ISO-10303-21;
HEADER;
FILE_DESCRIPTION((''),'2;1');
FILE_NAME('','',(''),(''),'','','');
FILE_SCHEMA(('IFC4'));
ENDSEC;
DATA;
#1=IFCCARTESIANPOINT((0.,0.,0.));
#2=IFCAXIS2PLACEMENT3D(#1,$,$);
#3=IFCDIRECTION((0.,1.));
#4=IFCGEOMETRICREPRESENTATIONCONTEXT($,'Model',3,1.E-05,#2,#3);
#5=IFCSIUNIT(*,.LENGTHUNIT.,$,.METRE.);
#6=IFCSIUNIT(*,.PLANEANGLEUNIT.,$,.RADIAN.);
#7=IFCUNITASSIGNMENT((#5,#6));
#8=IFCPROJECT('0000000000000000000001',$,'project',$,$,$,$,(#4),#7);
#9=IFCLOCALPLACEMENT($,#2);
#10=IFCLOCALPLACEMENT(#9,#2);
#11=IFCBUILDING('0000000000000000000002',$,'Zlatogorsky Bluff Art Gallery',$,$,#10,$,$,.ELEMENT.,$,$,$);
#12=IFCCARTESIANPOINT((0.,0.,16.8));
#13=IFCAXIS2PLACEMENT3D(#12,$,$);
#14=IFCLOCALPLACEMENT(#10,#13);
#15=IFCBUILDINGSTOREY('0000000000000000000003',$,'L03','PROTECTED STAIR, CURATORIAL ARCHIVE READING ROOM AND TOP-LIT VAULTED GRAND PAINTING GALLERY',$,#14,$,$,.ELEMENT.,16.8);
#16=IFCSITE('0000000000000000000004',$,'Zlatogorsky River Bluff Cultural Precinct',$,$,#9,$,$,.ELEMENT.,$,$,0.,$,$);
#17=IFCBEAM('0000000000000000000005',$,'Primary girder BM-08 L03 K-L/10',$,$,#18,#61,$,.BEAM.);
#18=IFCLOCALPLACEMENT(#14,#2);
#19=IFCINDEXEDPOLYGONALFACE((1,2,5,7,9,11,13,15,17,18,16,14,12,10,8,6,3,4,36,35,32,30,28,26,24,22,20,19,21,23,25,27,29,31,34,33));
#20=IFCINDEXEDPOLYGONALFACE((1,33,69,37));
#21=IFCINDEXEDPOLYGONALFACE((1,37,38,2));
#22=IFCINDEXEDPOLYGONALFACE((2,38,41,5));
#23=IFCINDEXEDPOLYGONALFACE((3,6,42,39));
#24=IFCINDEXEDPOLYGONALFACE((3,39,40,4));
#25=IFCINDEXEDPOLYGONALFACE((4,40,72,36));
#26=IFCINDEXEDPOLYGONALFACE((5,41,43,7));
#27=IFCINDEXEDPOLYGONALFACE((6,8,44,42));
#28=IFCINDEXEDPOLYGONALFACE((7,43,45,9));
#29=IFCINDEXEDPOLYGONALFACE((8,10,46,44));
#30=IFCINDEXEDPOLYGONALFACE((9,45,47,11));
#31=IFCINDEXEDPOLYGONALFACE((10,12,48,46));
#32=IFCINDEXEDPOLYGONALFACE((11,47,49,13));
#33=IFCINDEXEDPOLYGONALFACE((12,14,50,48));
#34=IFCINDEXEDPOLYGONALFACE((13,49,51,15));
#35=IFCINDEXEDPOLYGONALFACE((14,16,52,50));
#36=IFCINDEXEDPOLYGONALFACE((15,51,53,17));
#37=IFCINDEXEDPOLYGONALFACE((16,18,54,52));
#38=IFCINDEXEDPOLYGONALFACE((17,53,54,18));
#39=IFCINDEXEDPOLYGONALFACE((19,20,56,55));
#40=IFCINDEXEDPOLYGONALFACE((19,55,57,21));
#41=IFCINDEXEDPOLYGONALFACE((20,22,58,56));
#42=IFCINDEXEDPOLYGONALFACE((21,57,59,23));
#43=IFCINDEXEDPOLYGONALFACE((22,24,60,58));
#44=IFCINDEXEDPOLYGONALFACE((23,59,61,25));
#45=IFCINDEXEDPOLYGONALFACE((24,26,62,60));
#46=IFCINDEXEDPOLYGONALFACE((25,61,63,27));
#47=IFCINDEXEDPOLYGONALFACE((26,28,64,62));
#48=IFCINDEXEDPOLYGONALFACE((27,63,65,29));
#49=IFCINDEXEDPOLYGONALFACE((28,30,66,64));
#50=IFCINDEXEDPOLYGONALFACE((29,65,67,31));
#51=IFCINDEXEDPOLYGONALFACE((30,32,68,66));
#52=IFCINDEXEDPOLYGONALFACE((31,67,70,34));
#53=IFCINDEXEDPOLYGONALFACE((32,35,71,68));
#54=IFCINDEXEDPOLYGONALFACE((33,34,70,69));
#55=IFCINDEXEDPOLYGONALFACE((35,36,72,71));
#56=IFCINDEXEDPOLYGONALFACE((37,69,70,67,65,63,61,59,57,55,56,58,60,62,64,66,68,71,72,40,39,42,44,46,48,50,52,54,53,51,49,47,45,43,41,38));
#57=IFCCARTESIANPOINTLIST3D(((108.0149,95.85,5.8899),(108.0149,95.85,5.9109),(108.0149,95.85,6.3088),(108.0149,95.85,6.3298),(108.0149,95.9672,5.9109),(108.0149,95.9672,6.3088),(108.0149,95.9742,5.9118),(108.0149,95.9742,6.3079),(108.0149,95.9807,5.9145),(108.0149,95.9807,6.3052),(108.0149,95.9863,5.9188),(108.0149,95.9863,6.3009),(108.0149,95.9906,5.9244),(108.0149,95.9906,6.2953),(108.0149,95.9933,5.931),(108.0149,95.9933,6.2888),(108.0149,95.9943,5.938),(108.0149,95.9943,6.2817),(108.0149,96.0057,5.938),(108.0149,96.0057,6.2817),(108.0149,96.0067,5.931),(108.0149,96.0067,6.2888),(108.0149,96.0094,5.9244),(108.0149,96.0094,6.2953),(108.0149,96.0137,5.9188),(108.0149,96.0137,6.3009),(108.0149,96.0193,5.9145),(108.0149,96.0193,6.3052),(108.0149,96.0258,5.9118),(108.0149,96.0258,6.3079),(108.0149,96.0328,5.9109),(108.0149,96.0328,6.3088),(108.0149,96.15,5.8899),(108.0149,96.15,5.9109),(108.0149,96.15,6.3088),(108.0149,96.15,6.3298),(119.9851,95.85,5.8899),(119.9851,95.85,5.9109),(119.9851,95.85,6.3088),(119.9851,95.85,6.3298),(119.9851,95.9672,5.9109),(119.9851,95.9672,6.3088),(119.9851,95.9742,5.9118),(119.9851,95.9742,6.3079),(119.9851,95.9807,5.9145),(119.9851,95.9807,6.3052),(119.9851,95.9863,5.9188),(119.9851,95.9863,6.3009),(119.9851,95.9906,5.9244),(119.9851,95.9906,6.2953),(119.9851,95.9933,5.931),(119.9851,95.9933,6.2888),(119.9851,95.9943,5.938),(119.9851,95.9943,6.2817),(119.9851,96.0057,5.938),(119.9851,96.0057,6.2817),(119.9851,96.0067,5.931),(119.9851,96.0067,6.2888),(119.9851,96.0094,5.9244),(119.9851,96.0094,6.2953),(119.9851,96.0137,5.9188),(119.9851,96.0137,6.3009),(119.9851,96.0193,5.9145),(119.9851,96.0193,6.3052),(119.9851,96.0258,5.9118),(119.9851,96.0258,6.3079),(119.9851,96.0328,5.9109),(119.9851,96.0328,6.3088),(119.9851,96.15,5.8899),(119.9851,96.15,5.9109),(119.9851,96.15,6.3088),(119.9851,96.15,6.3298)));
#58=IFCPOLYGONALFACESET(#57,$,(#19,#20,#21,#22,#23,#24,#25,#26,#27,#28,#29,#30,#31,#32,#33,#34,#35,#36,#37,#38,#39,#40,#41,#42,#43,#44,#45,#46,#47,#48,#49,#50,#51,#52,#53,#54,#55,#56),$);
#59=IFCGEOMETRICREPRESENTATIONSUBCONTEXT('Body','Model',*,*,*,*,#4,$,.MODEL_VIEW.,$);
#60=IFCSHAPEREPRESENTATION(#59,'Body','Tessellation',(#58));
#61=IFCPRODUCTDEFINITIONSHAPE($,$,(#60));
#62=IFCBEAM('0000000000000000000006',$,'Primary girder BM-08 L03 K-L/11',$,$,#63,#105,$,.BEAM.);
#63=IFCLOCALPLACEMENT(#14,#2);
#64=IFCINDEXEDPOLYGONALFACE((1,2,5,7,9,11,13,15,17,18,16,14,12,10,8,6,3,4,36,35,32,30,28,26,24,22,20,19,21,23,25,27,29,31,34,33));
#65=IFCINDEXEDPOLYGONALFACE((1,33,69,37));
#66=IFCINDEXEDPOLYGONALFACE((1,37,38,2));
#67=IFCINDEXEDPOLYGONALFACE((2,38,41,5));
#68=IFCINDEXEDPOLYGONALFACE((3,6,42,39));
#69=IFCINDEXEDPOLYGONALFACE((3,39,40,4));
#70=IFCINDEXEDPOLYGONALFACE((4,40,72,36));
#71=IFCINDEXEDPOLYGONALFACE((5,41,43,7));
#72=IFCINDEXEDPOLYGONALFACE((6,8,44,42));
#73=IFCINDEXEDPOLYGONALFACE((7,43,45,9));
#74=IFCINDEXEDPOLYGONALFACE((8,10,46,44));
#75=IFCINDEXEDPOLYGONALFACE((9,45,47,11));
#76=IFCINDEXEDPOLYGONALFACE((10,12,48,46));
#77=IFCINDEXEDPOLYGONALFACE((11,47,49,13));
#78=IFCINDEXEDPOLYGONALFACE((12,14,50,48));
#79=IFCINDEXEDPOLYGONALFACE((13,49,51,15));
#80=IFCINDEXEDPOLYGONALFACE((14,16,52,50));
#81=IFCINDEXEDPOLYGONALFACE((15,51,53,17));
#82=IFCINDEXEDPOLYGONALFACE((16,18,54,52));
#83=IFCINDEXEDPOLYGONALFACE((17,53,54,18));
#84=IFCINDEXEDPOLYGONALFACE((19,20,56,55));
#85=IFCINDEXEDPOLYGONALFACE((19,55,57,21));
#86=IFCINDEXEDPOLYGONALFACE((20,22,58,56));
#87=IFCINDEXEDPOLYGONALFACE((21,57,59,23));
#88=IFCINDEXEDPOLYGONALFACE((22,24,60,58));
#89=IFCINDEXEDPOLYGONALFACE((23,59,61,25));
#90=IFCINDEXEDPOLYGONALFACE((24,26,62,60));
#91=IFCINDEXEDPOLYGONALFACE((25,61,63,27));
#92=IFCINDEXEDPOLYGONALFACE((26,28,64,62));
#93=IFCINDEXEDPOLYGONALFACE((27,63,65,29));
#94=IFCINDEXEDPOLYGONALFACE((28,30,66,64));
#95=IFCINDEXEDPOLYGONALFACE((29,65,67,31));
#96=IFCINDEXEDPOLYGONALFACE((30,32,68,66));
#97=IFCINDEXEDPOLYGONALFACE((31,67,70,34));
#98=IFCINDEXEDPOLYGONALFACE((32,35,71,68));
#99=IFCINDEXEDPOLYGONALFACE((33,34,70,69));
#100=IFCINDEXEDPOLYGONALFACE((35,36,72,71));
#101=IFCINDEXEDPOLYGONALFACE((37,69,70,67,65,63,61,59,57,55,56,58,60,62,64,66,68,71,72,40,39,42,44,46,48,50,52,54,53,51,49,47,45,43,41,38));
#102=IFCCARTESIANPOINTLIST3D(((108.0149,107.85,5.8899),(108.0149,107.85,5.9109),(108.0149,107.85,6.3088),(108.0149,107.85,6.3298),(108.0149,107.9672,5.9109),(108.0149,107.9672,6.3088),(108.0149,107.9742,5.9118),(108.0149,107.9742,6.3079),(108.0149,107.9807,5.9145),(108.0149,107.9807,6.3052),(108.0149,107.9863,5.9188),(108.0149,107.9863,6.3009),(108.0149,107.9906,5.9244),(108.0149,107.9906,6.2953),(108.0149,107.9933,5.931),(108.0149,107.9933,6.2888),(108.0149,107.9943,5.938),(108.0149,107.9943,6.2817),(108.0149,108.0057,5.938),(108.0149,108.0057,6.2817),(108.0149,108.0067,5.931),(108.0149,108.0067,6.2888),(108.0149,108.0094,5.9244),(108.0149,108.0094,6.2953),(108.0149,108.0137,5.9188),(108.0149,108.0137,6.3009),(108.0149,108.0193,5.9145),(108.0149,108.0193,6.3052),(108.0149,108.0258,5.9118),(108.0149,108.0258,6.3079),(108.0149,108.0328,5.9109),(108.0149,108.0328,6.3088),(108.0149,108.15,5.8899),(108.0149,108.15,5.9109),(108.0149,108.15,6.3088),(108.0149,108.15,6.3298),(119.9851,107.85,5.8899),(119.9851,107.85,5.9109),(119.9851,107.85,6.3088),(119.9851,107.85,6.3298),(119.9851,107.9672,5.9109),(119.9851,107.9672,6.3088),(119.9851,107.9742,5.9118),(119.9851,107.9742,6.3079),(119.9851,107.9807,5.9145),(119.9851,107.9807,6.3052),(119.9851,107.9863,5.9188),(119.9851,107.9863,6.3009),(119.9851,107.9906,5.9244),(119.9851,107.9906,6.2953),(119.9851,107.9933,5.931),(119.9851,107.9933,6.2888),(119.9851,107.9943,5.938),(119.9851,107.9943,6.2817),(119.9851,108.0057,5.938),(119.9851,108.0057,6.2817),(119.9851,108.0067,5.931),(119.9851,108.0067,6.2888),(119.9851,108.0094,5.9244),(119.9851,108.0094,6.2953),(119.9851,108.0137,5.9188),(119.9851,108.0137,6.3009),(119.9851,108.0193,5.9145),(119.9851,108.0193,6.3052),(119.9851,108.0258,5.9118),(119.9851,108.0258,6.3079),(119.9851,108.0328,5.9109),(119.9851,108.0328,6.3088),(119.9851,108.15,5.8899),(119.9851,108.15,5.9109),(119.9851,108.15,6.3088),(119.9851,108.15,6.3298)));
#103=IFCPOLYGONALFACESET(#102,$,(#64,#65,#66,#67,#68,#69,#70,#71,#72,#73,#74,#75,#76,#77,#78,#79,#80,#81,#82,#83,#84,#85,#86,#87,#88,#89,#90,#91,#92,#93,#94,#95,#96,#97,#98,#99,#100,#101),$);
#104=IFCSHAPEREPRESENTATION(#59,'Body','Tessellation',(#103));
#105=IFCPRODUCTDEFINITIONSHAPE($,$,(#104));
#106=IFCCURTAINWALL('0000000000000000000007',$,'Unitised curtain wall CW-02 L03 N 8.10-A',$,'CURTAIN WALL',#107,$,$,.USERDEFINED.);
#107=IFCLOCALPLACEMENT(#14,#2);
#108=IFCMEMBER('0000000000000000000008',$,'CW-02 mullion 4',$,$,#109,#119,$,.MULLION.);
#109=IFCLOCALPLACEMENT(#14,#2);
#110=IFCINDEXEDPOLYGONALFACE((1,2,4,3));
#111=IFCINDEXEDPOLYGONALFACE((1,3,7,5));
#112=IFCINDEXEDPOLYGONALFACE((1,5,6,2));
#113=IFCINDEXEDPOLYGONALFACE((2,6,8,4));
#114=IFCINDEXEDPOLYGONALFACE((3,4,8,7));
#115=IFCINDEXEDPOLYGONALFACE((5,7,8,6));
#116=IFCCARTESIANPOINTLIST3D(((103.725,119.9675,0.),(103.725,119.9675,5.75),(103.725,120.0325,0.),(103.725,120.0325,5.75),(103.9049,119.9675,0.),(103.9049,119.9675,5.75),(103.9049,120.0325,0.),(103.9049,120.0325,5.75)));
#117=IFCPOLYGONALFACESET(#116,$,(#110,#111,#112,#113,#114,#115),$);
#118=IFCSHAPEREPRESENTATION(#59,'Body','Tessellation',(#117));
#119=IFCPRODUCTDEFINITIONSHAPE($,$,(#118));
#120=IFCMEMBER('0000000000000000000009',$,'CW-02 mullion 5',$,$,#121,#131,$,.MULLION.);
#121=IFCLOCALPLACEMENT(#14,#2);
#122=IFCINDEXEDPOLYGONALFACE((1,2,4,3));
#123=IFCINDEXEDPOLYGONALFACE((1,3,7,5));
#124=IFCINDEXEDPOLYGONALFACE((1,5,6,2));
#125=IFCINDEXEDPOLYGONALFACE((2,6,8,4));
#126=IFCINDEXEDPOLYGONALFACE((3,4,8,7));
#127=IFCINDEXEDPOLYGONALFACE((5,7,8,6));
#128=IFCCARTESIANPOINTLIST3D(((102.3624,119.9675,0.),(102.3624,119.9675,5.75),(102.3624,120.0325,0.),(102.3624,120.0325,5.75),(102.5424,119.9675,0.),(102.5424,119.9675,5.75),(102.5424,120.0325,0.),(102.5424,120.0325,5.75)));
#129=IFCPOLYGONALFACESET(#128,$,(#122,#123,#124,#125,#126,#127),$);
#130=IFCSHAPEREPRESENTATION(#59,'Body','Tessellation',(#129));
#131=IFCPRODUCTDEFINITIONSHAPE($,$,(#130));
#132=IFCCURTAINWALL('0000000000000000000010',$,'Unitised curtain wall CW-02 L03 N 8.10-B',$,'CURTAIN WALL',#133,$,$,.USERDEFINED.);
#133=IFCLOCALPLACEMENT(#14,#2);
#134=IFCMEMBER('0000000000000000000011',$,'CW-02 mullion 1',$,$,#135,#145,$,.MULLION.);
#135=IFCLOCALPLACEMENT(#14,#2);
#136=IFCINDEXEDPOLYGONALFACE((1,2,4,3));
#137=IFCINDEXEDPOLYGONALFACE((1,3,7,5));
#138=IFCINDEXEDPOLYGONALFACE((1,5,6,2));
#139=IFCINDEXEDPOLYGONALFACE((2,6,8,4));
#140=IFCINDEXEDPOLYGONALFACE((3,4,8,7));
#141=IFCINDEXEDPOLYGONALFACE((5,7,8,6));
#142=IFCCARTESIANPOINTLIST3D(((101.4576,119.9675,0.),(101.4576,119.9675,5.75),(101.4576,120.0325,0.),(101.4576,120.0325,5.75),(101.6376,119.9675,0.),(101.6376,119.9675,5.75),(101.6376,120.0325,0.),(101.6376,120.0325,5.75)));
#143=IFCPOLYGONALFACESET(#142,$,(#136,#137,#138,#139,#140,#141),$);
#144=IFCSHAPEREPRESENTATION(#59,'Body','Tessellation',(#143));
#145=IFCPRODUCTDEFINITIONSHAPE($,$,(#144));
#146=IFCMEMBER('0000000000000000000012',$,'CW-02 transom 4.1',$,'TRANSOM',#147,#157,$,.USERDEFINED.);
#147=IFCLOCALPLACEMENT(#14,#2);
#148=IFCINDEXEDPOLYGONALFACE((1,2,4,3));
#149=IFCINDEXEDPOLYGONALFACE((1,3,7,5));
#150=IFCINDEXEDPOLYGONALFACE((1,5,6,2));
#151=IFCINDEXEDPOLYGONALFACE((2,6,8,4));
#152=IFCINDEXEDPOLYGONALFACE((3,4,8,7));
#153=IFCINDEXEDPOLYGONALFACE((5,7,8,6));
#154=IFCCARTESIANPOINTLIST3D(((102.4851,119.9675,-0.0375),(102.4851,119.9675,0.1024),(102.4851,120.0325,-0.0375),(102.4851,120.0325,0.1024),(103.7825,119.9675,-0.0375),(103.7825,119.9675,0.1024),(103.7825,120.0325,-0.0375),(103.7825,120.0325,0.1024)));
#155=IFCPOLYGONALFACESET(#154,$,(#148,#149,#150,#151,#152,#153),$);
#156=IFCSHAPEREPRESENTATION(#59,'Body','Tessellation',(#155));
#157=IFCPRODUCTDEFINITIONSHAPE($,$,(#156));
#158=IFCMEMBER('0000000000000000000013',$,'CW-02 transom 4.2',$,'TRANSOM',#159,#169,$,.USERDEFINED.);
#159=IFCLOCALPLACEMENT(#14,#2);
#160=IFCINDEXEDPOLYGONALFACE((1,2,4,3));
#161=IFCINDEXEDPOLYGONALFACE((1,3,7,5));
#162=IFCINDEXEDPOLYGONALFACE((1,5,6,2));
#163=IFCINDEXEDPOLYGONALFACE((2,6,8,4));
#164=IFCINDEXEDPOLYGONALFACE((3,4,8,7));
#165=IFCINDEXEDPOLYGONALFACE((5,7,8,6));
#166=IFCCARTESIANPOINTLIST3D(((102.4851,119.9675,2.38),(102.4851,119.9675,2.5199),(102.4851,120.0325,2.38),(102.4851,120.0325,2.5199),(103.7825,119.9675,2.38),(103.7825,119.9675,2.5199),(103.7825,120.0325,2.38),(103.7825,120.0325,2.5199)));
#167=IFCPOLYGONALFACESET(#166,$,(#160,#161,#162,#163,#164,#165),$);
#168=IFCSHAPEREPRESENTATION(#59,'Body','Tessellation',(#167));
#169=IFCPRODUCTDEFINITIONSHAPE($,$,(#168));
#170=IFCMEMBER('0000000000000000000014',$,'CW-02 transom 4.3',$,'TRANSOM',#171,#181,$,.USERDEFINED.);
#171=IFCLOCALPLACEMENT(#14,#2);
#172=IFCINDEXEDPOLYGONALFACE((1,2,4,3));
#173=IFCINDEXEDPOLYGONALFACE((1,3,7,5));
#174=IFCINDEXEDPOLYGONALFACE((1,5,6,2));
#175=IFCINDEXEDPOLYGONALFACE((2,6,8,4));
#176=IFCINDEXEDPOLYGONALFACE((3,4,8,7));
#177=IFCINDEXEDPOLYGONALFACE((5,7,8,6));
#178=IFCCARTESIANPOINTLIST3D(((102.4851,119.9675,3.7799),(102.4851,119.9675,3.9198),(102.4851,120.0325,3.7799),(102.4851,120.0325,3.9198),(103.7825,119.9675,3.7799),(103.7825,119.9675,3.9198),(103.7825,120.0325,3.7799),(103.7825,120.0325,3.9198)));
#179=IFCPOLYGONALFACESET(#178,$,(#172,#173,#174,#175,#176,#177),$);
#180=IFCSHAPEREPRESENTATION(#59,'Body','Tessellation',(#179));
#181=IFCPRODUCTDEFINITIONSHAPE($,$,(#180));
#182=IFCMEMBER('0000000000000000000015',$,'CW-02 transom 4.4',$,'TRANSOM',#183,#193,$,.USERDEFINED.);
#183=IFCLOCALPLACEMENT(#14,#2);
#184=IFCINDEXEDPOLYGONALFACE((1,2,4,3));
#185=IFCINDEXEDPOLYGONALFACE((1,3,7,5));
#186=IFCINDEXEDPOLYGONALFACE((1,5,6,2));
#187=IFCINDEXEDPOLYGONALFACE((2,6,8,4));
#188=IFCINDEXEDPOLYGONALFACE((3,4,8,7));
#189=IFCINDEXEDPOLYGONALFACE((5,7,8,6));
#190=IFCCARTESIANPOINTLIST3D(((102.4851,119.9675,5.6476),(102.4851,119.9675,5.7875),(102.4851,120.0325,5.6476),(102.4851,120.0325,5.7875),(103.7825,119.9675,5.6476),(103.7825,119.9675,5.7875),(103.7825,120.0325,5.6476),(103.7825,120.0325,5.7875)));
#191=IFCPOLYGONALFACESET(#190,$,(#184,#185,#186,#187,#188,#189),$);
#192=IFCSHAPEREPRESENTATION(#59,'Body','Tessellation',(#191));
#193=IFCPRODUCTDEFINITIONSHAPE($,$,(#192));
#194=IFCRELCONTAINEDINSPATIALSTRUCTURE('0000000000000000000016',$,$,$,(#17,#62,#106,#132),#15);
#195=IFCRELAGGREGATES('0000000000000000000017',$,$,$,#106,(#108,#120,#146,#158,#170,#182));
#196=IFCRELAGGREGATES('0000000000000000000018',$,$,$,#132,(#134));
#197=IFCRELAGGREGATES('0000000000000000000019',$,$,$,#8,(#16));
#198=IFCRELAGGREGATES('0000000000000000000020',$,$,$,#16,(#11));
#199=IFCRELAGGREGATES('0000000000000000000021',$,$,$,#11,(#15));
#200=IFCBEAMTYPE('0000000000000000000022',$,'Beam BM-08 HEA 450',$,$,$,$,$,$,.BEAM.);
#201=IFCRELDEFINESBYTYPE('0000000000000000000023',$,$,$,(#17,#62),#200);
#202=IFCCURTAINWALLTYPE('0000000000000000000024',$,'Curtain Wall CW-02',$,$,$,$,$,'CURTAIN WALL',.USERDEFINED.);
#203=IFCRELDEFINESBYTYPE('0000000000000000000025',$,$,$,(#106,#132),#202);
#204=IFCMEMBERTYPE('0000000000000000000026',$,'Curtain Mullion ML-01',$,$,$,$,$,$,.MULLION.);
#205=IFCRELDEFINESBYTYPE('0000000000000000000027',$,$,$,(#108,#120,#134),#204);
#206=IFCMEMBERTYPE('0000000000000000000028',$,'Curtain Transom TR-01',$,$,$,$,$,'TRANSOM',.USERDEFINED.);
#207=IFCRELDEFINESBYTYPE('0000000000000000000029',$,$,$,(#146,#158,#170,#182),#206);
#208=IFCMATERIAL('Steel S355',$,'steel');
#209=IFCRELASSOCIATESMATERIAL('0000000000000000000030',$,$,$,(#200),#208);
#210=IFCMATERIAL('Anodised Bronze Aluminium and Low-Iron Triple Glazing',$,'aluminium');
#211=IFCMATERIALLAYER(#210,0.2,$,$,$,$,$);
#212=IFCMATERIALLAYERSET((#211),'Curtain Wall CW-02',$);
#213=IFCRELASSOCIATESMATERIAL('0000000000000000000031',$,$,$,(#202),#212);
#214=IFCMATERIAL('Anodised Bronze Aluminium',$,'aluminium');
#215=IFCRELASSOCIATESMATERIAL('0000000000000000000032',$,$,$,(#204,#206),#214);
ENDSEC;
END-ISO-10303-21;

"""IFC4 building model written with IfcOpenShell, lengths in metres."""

from ifc_helpers import new_model, si_unit, direction, frame, origin, origin_2d, place, context, subcontext, project, spatial, rectangle, i_section, extrude, material, layer, layer_set, material_profile, profile_set, type_object, element, aggregate, save


model = new_model("IFC4")

# Units and contexts
model_context = context("Model", 3, precision=1e-05, world=origin(), true_north=direction((0.0, 1.0)))
body_context = subcontext(model_context, "Body", "Model", "MODEL_VIEW")
ifc_project = project(units=[si_unit("LENGTHUNIT", "METRE"), si_unit("PLANEANGLEUNIT", "RADIAN")], contexts=[model_context])

# Site, building, storey
site_placement = place(None, origin())
site = spatial("IfcSite", under=ifc_project, at=site_placement, Name="Zlatogorsky River Bluff Cultural Precinct", CompositionType="ELEMENT", RefElevation=0.0)
building_placement = place(site_placement, origin())
building = spatial("IfcBuilding", under=site, at=building_placement, Name="Zlatogorsky Bluff Art Gallery", CompositionType="ELEMENT")
storey_placement = place(building_placement, frame((0.0, 0.0, 16.8)))
storey = spatial("IfcBuildingStorey", under=building, at=storey_placement, Name="L03", Description="PROTECTED STAIR, CURATORIAL ARCHIVE READING ROOM AND TOP-LIT VAULTED GRAND PAINTING GALLERY", CompositionType="ELEMENT", Elevation=16.8)

# Shared definitions
ifc_material_1 = material(Name="Steel S355", Category="steel")

# Beams
ifc_material_profile_1 = material_profile(ifc_material_1, i_section(OverallWidth=0.3, OverallDepth=0.4399, WebThickness=0.0115, FlangeThickness=0.021, FilletRadius=0.0271, at=origin_2d()), Name="HEA 450")
ifc_profile_set_1 = profile_set([ifc_material_profile_1], Name="Steel S355")
beam_type_1 = type_object("IfcBeamType", Name="Beam BM-08 HEA 450", PredefinedType="BEAM", material=ifc_profile_set_1)
for number, where, z_axis, x_axis, name in (
    (1, (108.0149, 96.0, 6.1099), (1.0, 0.0, 0.0), (0.0, 1.0, 0.0), "Primary girder BM-08 L03 K-L/10"),
    (2, (108.0149, 108.0, 6.1099), (1.0, 0.0, 0.0), (0.0, 1.0, 0.0), "Primary girder BM-08 L03 K-L/11"),
):
    element("IfcBeam", number, at=place(storey_placement, frame(where, z_axis=z_axis, x_axis=x_axis)), inside=storey, type_object=beam_type_1, Name=name, PredefinedType="BEAM", context=body_context, shape_type="SweptSolid", body=[
        extrude(i_section(OverallWidth=0.3, OverallDepth=0.4399, WebThickness=0.0115, FlangeThickness=0.021, FilletRadius=0.0271, at=origin_2d()), origin(), (0.0, 0.0, 1.0), 11.9702),
    ])

# Curtain wall, members
ifc_material_2 = material(Name="Anodised Bronze Aluminium and Low-Iron Triple Glazing", Category="aluminium")
ifc_layer_1 = layer(ifc_material_2, 0.2)
ifc_layer_set_1 = layer_set([ifc_layer_1], Name="Curtain Wall CW-02")
curtain_wall_type = type_object("IfcCurtainWallType", Name="Curtain Wall CW-02", ElementType="CURTAIN WALL", PredefinedType="USERDEFINED", material=ifc_layer_set_1)
curtain_wall_1_placement = place(storey_placement, origin())
curtain_wall_1 = element("IfcCurtainWall", 3, at=curtain_wall_1_placement, inside=storey, type_object=curtain_wall_type, Name="Unitised curtain wall CW-02 L03 N 8.10-A", ObjectType="CURTAIN WALL", PredefinedType="USERDEFINED")
ifc_material_3 = material(Name="Anodised Bronze Aluminium", Category="aluminium")
ifc_material_profile_2 = material_profile(ifc_material_3, rectangle(XDim=0.0649, YDim=0.1799, at=origin_2d()), Name="ALU MULLION 65x180")
ifc_profile_set_2 = profile_set([ifc_material_profile_2], Name="Anodised Bronze Aluminium")
member_type_1 = type_object("IfcMemberType", Name="Curtain Mullion ML-01", PredefinedType="MULLION", material=ifc_profile_set_2)
member_1_placement = place(storey_placement, frame((103.8149, 120.0, 0.0), z_axis=(0.0, 0.0, 1.0), x_axis=(0.0, -1.0, 0.0)))
member_1 = element("IfcMember", 4, at=member_1_placement, type_object=member_type_1, Name="CW-02 mullion 4", PredefinedType="MULLION", context=body_context, shape_type="SweptSolid", body=[
    extrude(rectangle(XDim=0.0649, YDim=0.1799, at=origin_2d()), origin(), (0.0, 0.0, 1.0), 5.75),
])
member_2_placement = place(storey_placement, frame((102.4524, 120.0, 0.0), z_axis=(0.0, 0.0, 1.0), x_axis=(0.0, -1.0, 0.0)))
member_2 = element("IfcMember", 5, at=member_2_placement, type_object=member_type_1, Name="CW-02 mullion 5", PredefinedType="MULLION", context=body_context, shape_type="SweptSolid", body=[
    extrude(rectangle(XDim=0.0649, YDim=0.1799, at=origin_2d()), origin(), (0.0, 0.0, 1.0), 5.75),
])

# Curtain wall, member
curtain_wall_2_placement = place(storey_placement, origin())
curtain_wall_2 = element("IfcCurtainWall", 6, at=curtain_wall_2_placement, inside=storey, type_object=curtain_wall_type, Name="Unitised curtain wall CW-02 L03 N 8.10-B", ObjectType="CURTAIN WALL", PredefinedType="USERDEFINED")
member_3_placement = place(storey_placement, frame((101.5476, 120.0, 0.0), z_axis=(0.0, 0.0, 1.0), x_axis=(0.0, -1.0, 0.0)))
member_3 = element("IfcMember", 7, at=member_3_placement, type_object=member_type_1, Name="CW-02 mullion 1", PredefinedType="MULLION", context=body_context, shape_type="SweptSolid", body=[
    extrude(rectangle(XDim=0.0649, YDim=0.1799, at=origin_2d()), origin(), (0.0, 0.0, 1.0), 5.75),
])

# Members
ifc_material_profile_3 = material_profile(ifc_material_3, rectangle(XDim=0.0649, YDim=0.1399, at=origin_2d()), Name="ALU TRANSOM 65x140")
ifc_profile_set_3 = profile_set([ifc_material_profile_3], Name="Anodised Bronze Aluminium")
member_type_2 = type_object("IfcMemberType", Name="Curtain Transom TR-01", ElementType="TRANSOM", PredefinedType="USERDEFINED", material=ifc_profile_set_3)
member_4_placement = place(storey_placement, frame((103.7825, 120.0, 0.0325), z_axis=(-1.0, 0.0, 0.0), x_axis=(0.0, -1.0, 0.0)))
member_4 = element("IfcMember", 8, at=member_4_placement, type_object=member_type_2, Name="CW-02 transom 4.1", ObjectType="TRANSOM", PredefinedType="USERDEFINED", context=body_context, shape_type="SweptSolid", body=[
    extrude(rectangle(XDim=0.0649, YDim=0.1399, at=origin_2d()), origin(), (0.0, 0.0, 1.0), 1.2974),
])
member_5_placement = place(storey_placement, frame((103.7825, 120.0, 2.45), z_axis=(-1.0, 0.0, 0.0), x_axis=(0.0, -1.0, 0.0)))
member_5 = element("IfcMember", 9, at=member_5_placement, type_object=member_type_2, Name="CW-02 transom 4.2", ObjectType="TRANSOM", PredefinedType="USERDEFINED", context=body_context, shape_type="SweptSolid", body=[
    extrude(rectangle(XDim=0.0649, YDim=0.1399, at=origin_2d()), origin(), (0.0, 0.0, 1.0), 1.2974),
])
member_6_placement = place(storey_placement, frame((103.7825, 120.0, 3.8499), z_axis=(-1.0, 0.0, 0.0), x_axis=(0.0, -1.0, 0.0)))
member_6 = element("IfcMember", 10, at=member_6_placement, type_object=member_type_2, Name="CW-02 transom 4.3", ObjectType="TRANSOM", PredefinedType="USERDEFINED", context=body_context, shape_type="SweptSolid", body=[
    extrude(rectangle(XDim=0.0649, YDim=0.1399, at=origin_2d()), origin(), (0.0, 0.0, 1.0), 1.2974),
])
member_7_placement = place(storey_placement, frame((103.7825, 120.0, 5.7175), z_axis=(-1.0, 0.0, 0.0), x_axis=(0.0, -1.0, 0.0)))
member_7 = element("IfcMember", 11, at=member_7_placement, type_object=member_type_2, Name="CW-02 transom 4.4", ObjectType="TRANSOM", PredefinedType="USERDEFINED", context=body_context, shape_type="SweptSolid", body=[
    extrude(rectangle(XDim=0.0649, YDim=0.1399, at=origin_2d()), origin(), (0.0, 0.0, 1.0), 1.2974),
])

aggregate(curtain_wall_1, [member_1, member_2, member_4, member_5, member_6, member_7])
aggregate(curtain_wall_2, [member_3])

save(model, "model.ifc")
